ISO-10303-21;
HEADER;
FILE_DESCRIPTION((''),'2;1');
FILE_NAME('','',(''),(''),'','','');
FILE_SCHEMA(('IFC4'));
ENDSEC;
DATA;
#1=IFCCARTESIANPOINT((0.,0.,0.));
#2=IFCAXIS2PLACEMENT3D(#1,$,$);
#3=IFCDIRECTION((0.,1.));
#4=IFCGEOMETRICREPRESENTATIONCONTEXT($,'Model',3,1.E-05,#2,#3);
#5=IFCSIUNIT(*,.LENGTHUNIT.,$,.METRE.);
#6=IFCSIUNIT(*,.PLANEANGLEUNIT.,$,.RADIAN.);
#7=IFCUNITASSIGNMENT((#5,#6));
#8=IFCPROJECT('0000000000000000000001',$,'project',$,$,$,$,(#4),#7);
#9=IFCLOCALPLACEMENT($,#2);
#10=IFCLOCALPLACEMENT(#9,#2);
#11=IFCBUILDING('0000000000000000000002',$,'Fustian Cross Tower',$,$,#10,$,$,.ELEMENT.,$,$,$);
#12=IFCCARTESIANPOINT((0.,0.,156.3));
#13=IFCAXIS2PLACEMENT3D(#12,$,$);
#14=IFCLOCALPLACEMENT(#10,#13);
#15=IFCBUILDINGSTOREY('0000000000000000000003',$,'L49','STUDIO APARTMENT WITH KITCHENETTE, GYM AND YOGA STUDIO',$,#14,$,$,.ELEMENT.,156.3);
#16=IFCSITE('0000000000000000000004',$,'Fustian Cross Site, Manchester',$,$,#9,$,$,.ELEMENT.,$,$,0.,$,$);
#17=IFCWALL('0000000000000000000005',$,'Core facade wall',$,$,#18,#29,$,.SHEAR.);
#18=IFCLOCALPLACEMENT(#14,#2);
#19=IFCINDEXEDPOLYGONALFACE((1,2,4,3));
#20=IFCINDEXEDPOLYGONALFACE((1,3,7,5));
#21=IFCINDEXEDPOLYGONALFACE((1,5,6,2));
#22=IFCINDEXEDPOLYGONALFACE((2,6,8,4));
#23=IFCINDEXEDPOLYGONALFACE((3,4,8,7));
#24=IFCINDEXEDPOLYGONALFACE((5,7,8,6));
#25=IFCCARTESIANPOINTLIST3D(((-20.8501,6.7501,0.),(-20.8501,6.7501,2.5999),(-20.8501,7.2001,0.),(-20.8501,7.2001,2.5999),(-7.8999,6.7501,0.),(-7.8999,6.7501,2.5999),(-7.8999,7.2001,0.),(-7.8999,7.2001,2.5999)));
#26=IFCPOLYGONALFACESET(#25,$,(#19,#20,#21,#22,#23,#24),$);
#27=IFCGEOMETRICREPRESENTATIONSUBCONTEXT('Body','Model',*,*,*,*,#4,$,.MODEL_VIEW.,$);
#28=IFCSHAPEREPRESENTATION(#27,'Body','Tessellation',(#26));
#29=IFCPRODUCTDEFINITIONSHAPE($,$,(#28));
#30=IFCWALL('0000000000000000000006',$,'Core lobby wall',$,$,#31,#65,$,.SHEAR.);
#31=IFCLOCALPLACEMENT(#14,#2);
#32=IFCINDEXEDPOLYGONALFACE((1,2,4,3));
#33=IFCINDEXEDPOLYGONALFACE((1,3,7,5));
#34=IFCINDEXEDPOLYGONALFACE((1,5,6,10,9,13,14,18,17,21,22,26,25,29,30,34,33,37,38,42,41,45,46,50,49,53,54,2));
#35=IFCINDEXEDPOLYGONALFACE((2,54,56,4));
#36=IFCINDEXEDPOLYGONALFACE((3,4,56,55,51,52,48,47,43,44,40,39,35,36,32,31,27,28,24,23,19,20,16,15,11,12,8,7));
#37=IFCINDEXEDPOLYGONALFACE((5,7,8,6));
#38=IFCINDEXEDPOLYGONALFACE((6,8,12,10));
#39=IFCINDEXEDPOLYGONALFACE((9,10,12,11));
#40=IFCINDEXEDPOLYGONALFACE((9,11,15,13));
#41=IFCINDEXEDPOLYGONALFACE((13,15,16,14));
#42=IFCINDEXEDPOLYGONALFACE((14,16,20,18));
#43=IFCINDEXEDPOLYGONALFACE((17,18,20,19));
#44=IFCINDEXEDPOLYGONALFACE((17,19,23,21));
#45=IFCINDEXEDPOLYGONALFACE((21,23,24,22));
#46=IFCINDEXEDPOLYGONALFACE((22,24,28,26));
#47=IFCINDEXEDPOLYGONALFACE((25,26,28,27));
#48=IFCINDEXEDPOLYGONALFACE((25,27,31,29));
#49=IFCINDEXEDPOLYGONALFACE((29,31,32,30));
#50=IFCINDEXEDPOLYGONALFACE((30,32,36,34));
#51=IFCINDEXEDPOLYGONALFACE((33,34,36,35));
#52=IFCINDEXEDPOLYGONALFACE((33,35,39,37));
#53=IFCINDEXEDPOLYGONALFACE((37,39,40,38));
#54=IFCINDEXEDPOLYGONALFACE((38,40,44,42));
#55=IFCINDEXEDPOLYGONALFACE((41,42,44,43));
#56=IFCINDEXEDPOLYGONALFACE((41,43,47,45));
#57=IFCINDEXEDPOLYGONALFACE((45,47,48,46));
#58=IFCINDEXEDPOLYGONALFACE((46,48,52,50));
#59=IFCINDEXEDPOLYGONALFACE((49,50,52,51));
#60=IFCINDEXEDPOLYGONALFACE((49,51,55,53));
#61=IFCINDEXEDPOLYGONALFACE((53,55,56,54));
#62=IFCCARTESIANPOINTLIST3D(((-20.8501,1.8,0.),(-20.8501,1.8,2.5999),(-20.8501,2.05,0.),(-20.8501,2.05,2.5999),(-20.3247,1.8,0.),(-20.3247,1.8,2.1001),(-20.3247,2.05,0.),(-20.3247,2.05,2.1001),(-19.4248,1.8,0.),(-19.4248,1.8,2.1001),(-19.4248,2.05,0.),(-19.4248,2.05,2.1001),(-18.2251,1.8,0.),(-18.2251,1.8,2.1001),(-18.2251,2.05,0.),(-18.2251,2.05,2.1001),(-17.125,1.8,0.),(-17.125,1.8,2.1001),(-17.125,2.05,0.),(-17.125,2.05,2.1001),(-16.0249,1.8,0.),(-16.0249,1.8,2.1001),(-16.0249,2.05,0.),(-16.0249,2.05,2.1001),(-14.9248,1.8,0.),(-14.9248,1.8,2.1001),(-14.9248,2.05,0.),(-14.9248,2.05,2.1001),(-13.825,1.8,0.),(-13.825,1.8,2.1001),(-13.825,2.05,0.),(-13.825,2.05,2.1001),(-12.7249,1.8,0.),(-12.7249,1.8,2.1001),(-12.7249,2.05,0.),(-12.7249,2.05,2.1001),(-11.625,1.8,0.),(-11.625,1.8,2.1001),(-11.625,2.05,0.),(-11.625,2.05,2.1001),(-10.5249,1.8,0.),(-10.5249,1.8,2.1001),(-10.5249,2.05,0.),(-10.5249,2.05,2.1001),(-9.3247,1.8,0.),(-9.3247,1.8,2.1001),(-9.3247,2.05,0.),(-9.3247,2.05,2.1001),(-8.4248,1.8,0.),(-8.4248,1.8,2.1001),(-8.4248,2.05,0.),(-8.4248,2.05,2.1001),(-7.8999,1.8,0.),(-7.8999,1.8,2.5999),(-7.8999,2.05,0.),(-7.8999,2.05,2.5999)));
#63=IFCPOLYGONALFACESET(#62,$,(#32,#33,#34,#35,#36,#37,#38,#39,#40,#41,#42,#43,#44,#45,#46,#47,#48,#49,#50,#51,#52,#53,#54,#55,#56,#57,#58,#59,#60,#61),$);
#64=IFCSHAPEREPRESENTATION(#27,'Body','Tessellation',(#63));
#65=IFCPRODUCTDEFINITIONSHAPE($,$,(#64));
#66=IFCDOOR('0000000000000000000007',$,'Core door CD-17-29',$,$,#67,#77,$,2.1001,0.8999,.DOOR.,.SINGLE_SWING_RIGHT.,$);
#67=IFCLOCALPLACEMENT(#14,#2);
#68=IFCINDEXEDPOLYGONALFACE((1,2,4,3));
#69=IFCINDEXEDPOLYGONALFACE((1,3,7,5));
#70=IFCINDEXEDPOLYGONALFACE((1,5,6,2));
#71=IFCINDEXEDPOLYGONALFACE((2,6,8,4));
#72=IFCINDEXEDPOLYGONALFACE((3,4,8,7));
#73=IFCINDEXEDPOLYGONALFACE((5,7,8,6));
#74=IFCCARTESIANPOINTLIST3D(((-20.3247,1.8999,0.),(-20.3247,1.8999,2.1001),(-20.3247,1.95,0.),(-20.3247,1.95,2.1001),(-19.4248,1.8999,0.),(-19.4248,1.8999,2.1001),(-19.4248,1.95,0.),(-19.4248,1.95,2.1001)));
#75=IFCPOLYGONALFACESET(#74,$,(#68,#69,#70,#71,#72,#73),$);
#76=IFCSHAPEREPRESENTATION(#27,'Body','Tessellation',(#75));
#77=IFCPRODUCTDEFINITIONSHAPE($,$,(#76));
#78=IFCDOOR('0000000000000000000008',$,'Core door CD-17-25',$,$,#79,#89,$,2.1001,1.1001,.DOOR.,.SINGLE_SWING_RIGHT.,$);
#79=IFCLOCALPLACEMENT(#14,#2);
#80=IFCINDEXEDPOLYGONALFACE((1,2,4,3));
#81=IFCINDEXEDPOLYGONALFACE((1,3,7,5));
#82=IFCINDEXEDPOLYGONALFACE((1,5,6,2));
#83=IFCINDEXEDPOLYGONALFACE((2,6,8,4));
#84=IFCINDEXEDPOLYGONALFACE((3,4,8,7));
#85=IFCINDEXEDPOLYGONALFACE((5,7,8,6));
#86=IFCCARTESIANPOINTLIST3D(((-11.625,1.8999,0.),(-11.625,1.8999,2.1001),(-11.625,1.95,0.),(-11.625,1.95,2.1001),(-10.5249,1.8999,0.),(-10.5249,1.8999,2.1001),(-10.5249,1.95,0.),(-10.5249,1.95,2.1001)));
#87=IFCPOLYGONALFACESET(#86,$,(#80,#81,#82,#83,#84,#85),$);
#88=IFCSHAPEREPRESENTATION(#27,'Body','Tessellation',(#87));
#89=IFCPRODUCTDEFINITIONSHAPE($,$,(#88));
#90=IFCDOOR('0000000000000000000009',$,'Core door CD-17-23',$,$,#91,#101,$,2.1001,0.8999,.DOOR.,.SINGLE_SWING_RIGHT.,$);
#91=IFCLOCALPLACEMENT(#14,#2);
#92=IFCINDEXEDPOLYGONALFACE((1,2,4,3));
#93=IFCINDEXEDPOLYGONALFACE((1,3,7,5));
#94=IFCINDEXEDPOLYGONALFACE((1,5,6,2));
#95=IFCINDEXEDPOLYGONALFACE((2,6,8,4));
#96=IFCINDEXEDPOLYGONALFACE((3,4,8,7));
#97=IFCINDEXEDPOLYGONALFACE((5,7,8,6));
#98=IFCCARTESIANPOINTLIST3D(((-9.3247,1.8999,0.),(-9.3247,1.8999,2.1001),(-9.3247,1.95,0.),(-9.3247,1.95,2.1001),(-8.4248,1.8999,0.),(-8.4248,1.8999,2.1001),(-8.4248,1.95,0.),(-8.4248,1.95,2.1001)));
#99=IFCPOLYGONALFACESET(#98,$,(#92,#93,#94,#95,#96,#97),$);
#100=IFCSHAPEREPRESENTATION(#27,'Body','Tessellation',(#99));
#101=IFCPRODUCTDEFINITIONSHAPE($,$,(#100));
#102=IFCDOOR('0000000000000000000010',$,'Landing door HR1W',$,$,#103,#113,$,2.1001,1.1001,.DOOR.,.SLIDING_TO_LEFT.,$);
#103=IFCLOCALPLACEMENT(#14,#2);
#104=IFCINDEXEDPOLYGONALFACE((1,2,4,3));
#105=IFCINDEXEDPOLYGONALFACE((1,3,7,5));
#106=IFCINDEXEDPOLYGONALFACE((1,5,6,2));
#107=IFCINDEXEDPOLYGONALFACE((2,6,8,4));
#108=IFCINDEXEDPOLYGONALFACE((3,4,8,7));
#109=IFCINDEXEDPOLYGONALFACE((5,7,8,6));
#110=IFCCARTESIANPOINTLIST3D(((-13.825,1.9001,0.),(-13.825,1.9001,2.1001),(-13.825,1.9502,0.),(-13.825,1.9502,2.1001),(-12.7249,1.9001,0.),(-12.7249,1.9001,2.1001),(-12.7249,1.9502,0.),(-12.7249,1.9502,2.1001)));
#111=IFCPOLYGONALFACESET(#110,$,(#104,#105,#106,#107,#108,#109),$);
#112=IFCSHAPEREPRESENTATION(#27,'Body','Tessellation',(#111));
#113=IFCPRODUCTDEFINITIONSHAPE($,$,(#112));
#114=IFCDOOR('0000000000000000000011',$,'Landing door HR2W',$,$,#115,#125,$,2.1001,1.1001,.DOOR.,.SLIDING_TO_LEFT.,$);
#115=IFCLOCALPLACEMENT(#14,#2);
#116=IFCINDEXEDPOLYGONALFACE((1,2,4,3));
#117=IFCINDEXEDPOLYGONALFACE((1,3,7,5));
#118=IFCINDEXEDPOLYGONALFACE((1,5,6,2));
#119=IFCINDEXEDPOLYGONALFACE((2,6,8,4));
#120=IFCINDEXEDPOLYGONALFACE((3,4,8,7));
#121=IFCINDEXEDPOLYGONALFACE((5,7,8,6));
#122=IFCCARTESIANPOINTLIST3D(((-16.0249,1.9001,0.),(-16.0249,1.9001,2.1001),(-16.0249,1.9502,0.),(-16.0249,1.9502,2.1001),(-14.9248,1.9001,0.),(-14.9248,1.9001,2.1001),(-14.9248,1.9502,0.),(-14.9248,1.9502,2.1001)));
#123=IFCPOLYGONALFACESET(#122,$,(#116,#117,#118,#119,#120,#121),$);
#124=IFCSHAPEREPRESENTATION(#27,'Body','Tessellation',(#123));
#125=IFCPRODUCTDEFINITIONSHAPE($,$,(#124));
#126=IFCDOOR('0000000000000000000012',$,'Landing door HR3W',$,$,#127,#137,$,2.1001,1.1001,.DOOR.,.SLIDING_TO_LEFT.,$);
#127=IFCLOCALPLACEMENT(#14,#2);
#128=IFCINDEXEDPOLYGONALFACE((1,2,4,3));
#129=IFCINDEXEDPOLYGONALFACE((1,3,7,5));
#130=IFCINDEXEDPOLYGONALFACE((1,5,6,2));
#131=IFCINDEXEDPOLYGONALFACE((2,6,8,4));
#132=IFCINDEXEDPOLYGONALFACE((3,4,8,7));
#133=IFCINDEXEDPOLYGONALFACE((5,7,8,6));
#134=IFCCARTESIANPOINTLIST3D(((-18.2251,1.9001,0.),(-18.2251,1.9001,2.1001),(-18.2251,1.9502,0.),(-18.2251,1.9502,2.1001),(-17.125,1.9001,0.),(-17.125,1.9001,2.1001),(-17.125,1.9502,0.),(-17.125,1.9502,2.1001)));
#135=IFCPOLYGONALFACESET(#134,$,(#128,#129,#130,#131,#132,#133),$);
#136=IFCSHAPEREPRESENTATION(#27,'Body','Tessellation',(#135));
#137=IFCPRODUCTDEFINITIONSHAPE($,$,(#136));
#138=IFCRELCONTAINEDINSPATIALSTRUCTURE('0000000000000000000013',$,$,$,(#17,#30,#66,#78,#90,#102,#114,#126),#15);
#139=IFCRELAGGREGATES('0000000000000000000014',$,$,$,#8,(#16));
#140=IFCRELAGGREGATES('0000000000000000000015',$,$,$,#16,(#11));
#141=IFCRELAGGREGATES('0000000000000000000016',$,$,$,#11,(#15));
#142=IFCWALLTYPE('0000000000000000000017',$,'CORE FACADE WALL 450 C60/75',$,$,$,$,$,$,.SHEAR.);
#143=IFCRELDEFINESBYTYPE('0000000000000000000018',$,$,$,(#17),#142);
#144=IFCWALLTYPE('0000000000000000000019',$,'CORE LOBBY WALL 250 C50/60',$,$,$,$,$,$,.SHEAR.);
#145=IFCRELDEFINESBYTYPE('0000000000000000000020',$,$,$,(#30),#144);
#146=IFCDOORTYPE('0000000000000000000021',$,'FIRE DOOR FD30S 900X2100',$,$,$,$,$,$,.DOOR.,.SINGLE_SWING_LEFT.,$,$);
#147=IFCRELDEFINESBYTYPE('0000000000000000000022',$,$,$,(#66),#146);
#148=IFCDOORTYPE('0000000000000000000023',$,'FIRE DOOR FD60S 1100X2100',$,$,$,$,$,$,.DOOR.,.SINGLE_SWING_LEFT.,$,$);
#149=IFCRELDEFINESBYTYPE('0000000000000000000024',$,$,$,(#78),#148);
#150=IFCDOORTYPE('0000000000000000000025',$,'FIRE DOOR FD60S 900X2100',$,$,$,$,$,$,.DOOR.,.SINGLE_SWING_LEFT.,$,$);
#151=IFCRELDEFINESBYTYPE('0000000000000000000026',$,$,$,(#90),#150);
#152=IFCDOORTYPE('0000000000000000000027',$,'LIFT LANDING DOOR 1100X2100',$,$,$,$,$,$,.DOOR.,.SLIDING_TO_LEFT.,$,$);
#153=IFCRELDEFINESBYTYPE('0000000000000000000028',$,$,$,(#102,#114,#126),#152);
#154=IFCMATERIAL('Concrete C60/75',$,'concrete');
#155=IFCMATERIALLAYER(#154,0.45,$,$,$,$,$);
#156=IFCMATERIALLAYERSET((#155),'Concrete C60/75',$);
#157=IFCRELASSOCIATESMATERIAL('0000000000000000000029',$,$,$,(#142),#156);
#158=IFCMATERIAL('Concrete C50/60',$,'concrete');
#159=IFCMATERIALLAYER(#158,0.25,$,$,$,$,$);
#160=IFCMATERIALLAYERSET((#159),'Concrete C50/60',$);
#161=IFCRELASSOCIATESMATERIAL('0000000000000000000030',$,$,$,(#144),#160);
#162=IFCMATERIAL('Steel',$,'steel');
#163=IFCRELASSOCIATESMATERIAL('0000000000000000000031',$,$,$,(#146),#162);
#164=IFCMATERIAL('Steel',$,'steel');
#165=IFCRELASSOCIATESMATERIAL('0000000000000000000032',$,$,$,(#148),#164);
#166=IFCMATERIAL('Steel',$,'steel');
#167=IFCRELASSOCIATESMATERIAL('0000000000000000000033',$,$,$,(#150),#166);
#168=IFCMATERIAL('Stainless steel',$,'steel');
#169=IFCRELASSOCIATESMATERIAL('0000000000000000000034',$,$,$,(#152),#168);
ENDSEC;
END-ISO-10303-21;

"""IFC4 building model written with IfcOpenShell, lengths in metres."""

from ifc_helpers import new_model, si_unit, direction, frame, frame_2d, origin, place, context, subcontext, project, spatial, rectangle, extrude, material, layer, layer_set, type_object, element, fill, save


model = new_model("IFC4")

# Units and contexts
model_context = context("Model", 3, precision=1e-05, world=origin(), true_north=direction((0.0, 1.0)))
body_context = subcontext(model_context, "Body", "Model", "MODEL_VIEW")
ifc_project = project(units=[si_unit("LENGTHUNIT", "METRE"), si_unit("PLANEANGLEUNIT", "RADIAN")], contexts=[model_context])

# Site, building, storey
site_placement = place(None, origin())
site = spatial("IfcSite", under=ifc_project, at=site_placement, Name="Fustian Cross Site, Manchester", CompositionType="ELEMENT", RefElevation=0.0)
building_placement = place(site_placement, origin())
building = spatial("IfcBuilding", under=site, at=building_placement, Name="Fustian Cross Tower", CompositionType="ELEMENT")
storey_placement = place(building_placement, frame((0.0, 0.0, 156.3)))
storey = spatial("IfcBuildingStorey", under=building, at=storey_placement, Name="L49", Description="STUDIO APARTMENT WITH KITCHENETTE, GYM AND YOGA STUDIO", CompositionType="ELEMENT", Elevation=156.3)

# Wall
ifc_material_1 = material(Name="Concrete C60/75", Category="concrete")
ifc_layer_1 = layer(ifc_material_1, 0.45)
ifc_layer_set_1 = layer_set([ifc_layer_1], Name="Concrete C60/75")
wall_type_1 = type_object("IfcWallType", Name="CORE FACADE WALL 450 C60/75", PredefinedType="SHEAR", material=ifc_layer_set_1)
wall_1_placement = place(storey_placement, frame((-7.8999, 6.9751, 0.0), z_axis=(0.0, 0.0, 1.0), x_axis=(-1.0, 0.0, 0.0)))
element("IfcWall", 1, at=wall_1_placement, inside=storey, type_object=wall_type_1, Name="Core facade wall", PredefinedType="SHEAR", context=body_context, shape_type="SweptSolid", body=[
    extrude(rectangle(XDim=12.9502, YDim=0.45, at=frame_2d((6.4751, 0.0))), origin(), (0.0, 0.0, 1.0), 2.5999),
])

# Wall, openings, doors
ifc_material_2 = material(Name="Concrete C50/60", Category="concrete")
ifc_layer_2 = layer(ifc_material_2, 0.25)
ifc_layer_set_2 = layer_set([ifc_layer_2], Name="Concrete C50/60")
wall_type_2 = type_object("IfcWallType", Name="CORE LOBBY WALL 250 C50/60", PredefinedType="SHEAR", material=ifc_layer_set_2)
wall_2_placement = place(storey_placement, frame((-7.8999, 1.925, 0.0), z_axis=(0.0, 0.0, 1.0), x_axis=(-1.0, 0.0, 0.0)))
wall_2 = element("IfcWall", 2, at=wall_2_placement, inside=storey, type_object=wall_type_2, Name="Core lobby wall", PredefinedType="SHEAR", context=body_context, shape_type="SweptSolid", body=[
    extrude(rectangle(XDim=12.9502, YDim=0.25, at=frame_2d((6.4751, 0.0))), origin(), (0.0, 0.0, 1.0), 2.5999),
])
opening_1_placement = place(wall_2_placement, frame((4.825, 0.0, 0.0)))
opening_1 = element("IfcOpeningElement", 3, at=opening_1_placement, cuts=wall_2, PredefinedType="OPENING", context=body_context, shape_type="SweptSolid", body=[
    extrude(rectangle(XDim=1.1001, YDim=2.1001, at=frame_2d((0.55, 1.05))), frame((0.0, 0.135, 0.0), z_axis=(0.0, -1.0, 0.0), x_axis=(1.0, 0.0, 0.0)), (0.0, 0.0, 1.0), 0.27),
])
opening_2_placement = place(wall_2_placement, frame((7.0249, 0.0, 0.0)))
opening_2 = element("IfcOpeningElement", 4, at=opening_2_placement, cuts=wall_2, PredefinedType="OPENING", context=body_context, shape_type="SweptSolid", body=[
    extrude(rectangle(XDim=1.1001, YDim=2.1001, at=frame_2d((0.55, 1.05))), frame((0.0, 0.135, 0.0), z_axis=(0.0, -1.0, 0.0), x_axis=(1.0, 0.0, 0.0)), (0.0, 0.0, 1.0), 0.27),
])
opening_3_placement = place(wall_2_placement, frame((9.2251, 0.0, 0.0)))
opening_3 = element("IfcOpeningElement", 5, at=opening_3_placement, cuts=wall_2, PredefinedType="OPENING", context=body_context, shape_type="SweptSolid", body=[
    extrude(rectangle(XDim=1.1001, YDim=2.1001, at=frame_2d((0.55, 1.05))), frame((0.0, 0.135, 0.0), z_axis=(0.0, -1.0, 0.0), x_axis=(1.0, 0.0, 0.0)), (0.0, 0.0, 1.0), 0.27),
])
opening_4_placement = place(wall_2_placement, frame((0.5249, 0.0, 0.0)))
opening_4 = element("IfcOpeningElement", 6, at=opening_4_placement, cuts=wall_2, PredefinedType="OPENING", context=body_context, shape_type="SweptSolid", body=[
    extrude(rectangle(XDim=0.8999, YDim=2.1001, at=frame_2d((0.45, 1.05))), frame((0.0, 0.135, 0.0), z_axis=(0.0, -1.0, 0.0), x_axis=(1.0, 0.0, 0.0)), (0.0, 0.0, 1.0), 0.27),
])
opening_5_placement = place(wall_2_placement, frame((2.625, 0.0, 0.0)))
opening_5 = element("IfcOpeningElement", 7, at=opening_5_placement, cuts=wall_2, PredefinedType="OPENING", context=body_context, shape_type="SweptSolid", body=[
    extrude(rectangle(XDim=1.1001, YDim=2.1001, at=frame_2d((0.55, 1.05))), frame((0.0, 0.135, 0.0), z_axis=(0.0, -1.0, 0.0), x_axis=(1.0, 0.0, 0.0)), (0.0, 0.0, 1.0), 0.27),
])
opening_6_placement = place(wall_2_placement, frame((11.5249, 0.0, 0.0)))
opening_6 = element("IfcOpeningElement", 8, at=opening_6_placement, cuts=wall_2, PredefinedType="OPENING", context=body_context, shape_type="SweptSolid", body=[
    extrude(rectangle(XDim=0.8999, YDim=2.1001, at=frame_2d((0.45, 1.05))), frame((0.0, 0.135, 0.0), z_axis=(0.0, -1.0, 0.0), x_axis=(1.0, 0.0, 0.0)), (0.0, 0.0, 1.0), 0.27),
])
ifc_material_3 = material(Name="Steel", Category="steel")
door_type_1 = type_object("IfcDoorType", Name="FIRE DOOR FD30S 900X2100", OperationType="SINGLE_SWING_LEFT", PredefinedType="DOOR", material=ifc_material_3)
door_1_placement = place(opening_6_placement, frame((0.8999, 0.0, 0.0), z_axis=(0.0, 0.0, 1.0), x_axis=(-1.0, 0.0, 0.0)))
door_1 = element("IfcDoor", 9, at=door_1_placement, inside=storey, type_object=door_type_1, Name="Core door CD-17-29", OperationType="SINGLE_SWING_RIGHT", OverallHeight=2.1001, OverallWidth=0.8999, PredefinedType="DOOR", context=body_context, shape_type="SweptSolid", body=[
    extrude(rectangle(XDim=0.8999, YDim=2.1001, at=frame_2d((0.45, 1.05))), frame((0.0, 0.0249, 0.0), z_axis=(0.0, -1.0, 0.0), x_axis=(1.0, 0.0, 0.0)), (0.0, 0.0, 1.0), 0.05),
])
fill(opening_6, door_1)
ifc_material_4 = material(Name="Steel", Category="steel")
door_type_2 = type_object("IfcDoorType", Name="FIRE DOOR FD60S 1100X2100", OperationType="SINGLE_SWING_LEFT", PredefinedType="DOOR", material=ifc_material_4)
door_2_placement = place(opening_5_placement, frame((1.1001, 0.0, 0.0), z_axis=(0.0, 0.0, 1.0), x_axis=(-1.0, 0.0, 0.0)))
door_2 = element("IfcDoor", 10, at=door_2_placement, inside=storey, type_object=door_type_2, Name="Core door CD-17-25", OperationType="SINGLE_SWING_RIGHT", OverallHeight=2.1001, OverallWidth=1.1001, PredefinedType="DOOR", context=body_context, shape_type="SweptSolid", body=[
    extrude(rectangle(XDim=1.1001, YDim=2.1001, at=frame_2d((0.55, 1.05))), frame((0.0, 0.0249, 0.0), z_axis=(0.0, -1.0, 0.0), x_axis=(1.0, 0.0, 0.0)), (0.0, 0.0, 1.0), 0.05),
])
fill(opening_5, door_2)
ifc_material_5 = material(Name="Steel", Category="steel")
door_type_3 = type_object("IfcDoorType", Name="FIRE DOOR FD60S 900X2100", OperationType="SINGLE_SWING_LEFT", PredefinedType="DOOR", material=ifc_material_5)
door_3_placement = place(opening_4_placement, frame((0.8999, 0.0, 0.0), z_axis=(0.0, 0.0, 1.0), x_axis=(-1.0, 0.0, 0.0)))
door_3 = element("IfcDoor", 11, at=door_3_placement, inside=storey, type_object=door_type_3, Name="Core door CD-17-23", OperationType="SINGLE_SWING_RIGHT", OverallHeight=2.1001, OverallWidth=0.8999, PredefinedType="DOOR", context=body_context, shape_type="SweptSolid", body=[
    extrude(rectangle(XDim=0.8999, YDim=2.1001, at=frame_2d((0.45, 1.05))), frame((0.0, 0.0249, 0.0), z_axis=(0.0, -1.0, 0.0), x_axis=(1.0, 0.0, 0.0)), (0.0, 0.0, 1.0), 0.05),
])
fill(opening_4, door_3)
ifc_material_6 = material(Name="Stainless steel", Category="steel")
door_type_4 = type_object("IfcDoorType", Name="LIFT LANDING DOOR 1100X2100", OperationType="SLIDING_TO_LEFT", PredefinedType="DOOR", material=ifc_material_6)
door_4_placement = place(opening_1_placement, origin())
door_4 = element("IfcDoor", 12, at=door_4_placement, inside=storey, type_object=door_type_4, Name="Landing door HR1W", OperationType="SLIDING_TO_LEFT", OverallHeight=2.1001, OverallWidth=1.1001, PredefinedType="DOOR", context=body_context, shape_type="SweptSolid", body=[
    extrude(rectangle(XDim=1.1001, YDim=2.1001, at=frame_2d((0.55, 1.05))), frame((0.0, 0.0249, 0.0), z_axis=(0.0, -1.0, 0.0), x_axis=(1.0, 0.0, 0.0)), (0.0, 0.0, 1.0), 0.05),
])
fill(opening_1, door_4)
door_5_placement = place(opening_2_placement, origin())
door_5 = element("IfcDoor", 13, at=door_5_placement, inside=storey, type_object=door_type_4, Name="Landing door HR2W", OperationType="SLIDING_TO_LEFT", OverallHeight=2.1001, OverallWidth=1.1001, PredefinedType="DOOR", context=body_context, shape_type="SweptSolid", body=[
    extrude(rectangle(XDim=1.1001, YDim=2.1001, at=frame_2d((0.55, 1.05))), frame((0.0, 0.0249, 0.0), z_axis=(0.0, -1.0, 0.0), x_axis=(1.0, 0.0, 0.0)), (0.0, 0.0, 1.0), 0.05),
])
fill(opening_2, door_5)
door_6_placement = place(opening_3_placement, origin())
door_6 = element("IfcDoor", 14, at=door_6_placement, inside=storey, type_object=door_type_4, Name="Landing door HR3W", OperationType="SLIDING_TO_LEFT", OverallHeight=2.1001, OverallWidth=1.1001, PredefinedType="DOOR", context=body_context, shape_type="SweptSolid", body=[
    extrude(rectangle(XDim=1.1001, YDim=2.1001, at=frame_2d((0.55, 1.05))), frame((0.0, 0.0249, 0.0), z_axis=(0.0, -1.0, 0.0), x_axis=(1.0, 0.0, 0.0)), (0.0, 0.0, 1.0), 0.05),
])
fill(opening_3, door_6)

save(model, "model.ifc")
